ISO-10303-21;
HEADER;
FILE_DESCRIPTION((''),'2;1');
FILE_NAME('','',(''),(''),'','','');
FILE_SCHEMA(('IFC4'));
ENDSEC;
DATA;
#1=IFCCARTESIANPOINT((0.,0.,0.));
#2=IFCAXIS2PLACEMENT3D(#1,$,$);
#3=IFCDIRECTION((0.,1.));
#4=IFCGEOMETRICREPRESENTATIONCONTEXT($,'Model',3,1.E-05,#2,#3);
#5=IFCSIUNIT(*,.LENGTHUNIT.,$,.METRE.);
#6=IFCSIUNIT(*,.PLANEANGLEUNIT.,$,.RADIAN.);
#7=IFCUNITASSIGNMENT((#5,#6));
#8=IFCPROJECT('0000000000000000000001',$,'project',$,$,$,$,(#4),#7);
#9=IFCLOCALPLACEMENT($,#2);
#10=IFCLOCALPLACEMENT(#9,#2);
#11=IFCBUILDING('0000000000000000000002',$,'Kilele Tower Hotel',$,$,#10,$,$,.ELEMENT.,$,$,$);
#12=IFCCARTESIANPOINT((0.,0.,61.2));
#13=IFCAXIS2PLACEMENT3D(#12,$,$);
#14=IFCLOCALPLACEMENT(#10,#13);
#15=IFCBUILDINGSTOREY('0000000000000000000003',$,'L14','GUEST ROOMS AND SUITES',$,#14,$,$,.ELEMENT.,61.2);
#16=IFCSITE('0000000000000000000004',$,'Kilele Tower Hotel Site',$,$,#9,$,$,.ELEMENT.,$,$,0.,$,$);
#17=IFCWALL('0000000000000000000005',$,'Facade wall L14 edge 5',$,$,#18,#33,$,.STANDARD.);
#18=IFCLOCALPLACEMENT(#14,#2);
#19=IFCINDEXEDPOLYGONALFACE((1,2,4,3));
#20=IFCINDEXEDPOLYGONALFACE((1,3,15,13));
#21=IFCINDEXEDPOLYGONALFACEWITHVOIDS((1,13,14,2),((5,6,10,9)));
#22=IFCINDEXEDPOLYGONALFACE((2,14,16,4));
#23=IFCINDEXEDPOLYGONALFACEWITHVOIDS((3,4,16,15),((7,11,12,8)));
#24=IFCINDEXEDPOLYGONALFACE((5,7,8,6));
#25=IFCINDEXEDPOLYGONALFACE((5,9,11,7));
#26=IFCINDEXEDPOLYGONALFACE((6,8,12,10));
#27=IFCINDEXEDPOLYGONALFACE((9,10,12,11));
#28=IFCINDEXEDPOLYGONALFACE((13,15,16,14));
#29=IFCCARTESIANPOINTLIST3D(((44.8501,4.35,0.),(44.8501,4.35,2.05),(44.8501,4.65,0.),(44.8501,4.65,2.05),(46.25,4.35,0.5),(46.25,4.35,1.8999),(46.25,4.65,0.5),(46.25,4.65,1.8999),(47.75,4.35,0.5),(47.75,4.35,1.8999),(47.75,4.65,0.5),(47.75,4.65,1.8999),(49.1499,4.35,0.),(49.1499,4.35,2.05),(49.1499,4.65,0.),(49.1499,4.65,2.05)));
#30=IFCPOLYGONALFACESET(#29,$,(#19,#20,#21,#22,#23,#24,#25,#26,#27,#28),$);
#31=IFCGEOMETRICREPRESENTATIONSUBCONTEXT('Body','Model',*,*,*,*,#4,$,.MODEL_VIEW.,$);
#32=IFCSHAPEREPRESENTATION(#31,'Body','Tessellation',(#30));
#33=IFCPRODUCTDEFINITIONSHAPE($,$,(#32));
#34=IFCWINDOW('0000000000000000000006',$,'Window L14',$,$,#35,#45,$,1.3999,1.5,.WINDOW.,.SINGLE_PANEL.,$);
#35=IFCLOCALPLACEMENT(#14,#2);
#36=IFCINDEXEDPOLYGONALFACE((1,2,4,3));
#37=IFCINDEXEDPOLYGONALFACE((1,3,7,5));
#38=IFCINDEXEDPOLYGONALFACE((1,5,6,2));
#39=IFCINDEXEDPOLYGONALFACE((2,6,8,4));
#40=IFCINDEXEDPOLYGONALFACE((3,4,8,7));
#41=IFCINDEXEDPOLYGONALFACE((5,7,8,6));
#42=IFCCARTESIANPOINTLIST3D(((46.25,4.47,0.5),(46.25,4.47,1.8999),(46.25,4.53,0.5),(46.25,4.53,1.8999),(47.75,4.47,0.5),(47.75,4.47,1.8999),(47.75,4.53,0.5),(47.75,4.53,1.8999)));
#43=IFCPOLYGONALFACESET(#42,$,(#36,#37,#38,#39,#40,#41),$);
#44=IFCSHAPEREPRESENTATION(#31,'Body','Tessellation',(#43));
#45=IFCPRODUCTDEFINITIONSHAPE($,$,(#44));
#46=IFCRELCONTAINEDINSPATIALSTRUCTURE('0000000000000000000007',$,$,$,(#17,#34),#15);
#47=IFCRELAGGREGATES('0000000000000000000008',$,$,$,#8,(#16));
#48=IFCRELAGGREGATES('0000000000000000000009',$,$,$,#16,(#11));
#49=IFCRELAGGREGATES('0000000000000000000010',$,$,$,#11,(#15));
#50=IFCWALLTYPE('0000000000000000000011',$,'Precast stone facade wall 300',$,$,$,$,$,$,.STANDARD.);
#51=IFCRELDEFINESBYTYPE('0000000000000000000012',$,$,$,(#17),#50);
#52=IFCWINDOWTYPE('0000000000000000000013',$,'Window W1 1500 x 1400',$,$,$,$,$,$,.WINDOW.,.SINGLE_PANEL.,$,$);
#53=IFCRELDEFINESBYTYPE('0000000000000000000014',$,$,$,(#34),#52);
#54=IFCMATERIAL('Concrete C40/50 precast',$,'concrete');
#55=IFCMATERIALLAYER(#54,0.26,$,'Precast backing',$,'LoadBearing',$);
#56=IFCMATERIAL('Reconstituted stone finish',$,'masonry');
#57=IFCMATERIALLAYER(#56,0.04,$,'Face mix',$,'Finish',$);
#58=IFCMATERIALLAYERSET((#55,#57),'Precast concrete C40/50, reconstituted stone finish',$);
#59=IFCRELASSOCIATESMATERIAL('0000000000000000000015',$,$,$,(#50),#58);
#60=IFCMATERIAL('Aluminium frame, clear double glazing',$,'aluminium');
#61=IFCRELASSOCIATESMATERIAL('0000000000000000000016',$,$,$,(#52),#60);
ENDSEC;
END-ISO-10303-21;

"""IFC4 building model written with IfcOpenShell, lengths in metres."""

from ifc_helpers import new_model, si_unit, direction, frame, frame_2d, origin, place, context, subcontext, project, spatial, rectangle, extrude, material, layer, layer_set, type_object, element, fill, save


model = new_model("IFC4")

# Units and contexts
model_context = context("Model", 3, precision=1e-05, world=origin(), true_north=direction((0.0, 1.0)))
body_context = subcontext(model_context, "Body", "Model", "MODEL_VIEW")
ifc_project = project(units=[si_unit("LENGTHUNIT", "METRE"), si_unit("PLANEANGLEUNIT", "RADIAN")], contexts=[model_context])

# Site, building, storey
site_placement = place(None, origin())
site = spatial("IfcSite", under=ifc_project, at=site_placement, Name="Kilele Tower Hotel Site", CompositionType="ELEMENT", RefElevation=0.0)
building_placement = place(site_placement, origin())
building = spatial("IfcBuilding", under=site, at=building_placement, Name="Kilele Tower Hotel", CompositionType="ELEMENT")
storey_placement = place(building_placement, frame((0.0, 0.0, 61.2)))
storey = spatial("IfcBuildingStorey", under=building, at=storey_placement, Name="L14", Description="GUEST ROOMS AND SUITES", CompositionType="ELEMENT", Elevation=61.2)

# Wall, opening, window
ifc_material_1 = material(Name="Concrete C40/50 precast", Category="concrete")
ifc_layer_1 = layer(ifc_material_1, 0.26, Name="Precast backing", Category="LoadBearing")
ifc_material_2 = material(Name="Reconstituted stone finish", Category="masonry")
ifc_layer_2 = layer(ifc_material_2, 0.04, Name="Face mix", Category="Finish")
ifc_layer_set_1 = layer_set([ifc_layer_1, ifc_layer_2], Name="Precast concrete C40/50, reconstituted stone finish")
wall_type_1 = type_object("IfcWallType", Name="Precast stone facade wall 300", PredefinedType="STANDARD", material=ifc_layer_set_1)
ifc_material_3 = material(Name="Aluminium frame, clear double glazing", Category="aluminium")
window_type = type_object("IfcWindowType", Name="Window W1 1500 x 1400", PartitioningType="SINGLE_PANEL", PredefinedType="WINDOW", material=ifc_material_3)
wall_1_placement = place(storey_placement, frame((44.8501, 4.5, 0.0), z_axis=(0.0, 0.0, 1.0), x_axis=(1.0, 0.0, 0.0)))
wall_1 = element("IfcWall", 1, at=wall_1_placement, inside=storey, type_object=wall_type_1, Name="Facade wall L14 edge 5", PredefinedType="STANDARD", context=body_context, shape_type="SweptSolid", body=[
    extrude(rectangle(XDim=4.2998, YDim=0.3, at=frame_2d((2.1499, 0.0))), origin(), (0.0, 0.0, 1.0), 2.05),
])
opening_1_placement = place(wall_1_placement, frame((1.3999, 0.0, 0.5)))
opening_1 = element("IfcOpeningElement", 2, at=opening_1_placement, cuts=wall_1, PredefinedType="OPENING", context=body_context, shape_type="SweptSolid", body=[
    extrude(rectangle(XDim=1.5, YDim=1.3999, at=frame_2d((0.75, 0.7))), frame((0.0, 0.1599, 0.0), z_axis=(0.0, -1.0, 0.0), x_axis=(1.0, 0.0, 0.0)), (0.0, 0.0, 1.0), 0.3201),
])
window_1_placement = place(opening_1_placement, origin())
window_1 = element("IfcWindow", 3, at=window_1_placement, inside=storey, type_object=window_type, Name="Window L14", OverallHeight=1.3999, OverallWidth=1.5, PartitioningType="SINGLE_PANEL", PredefinedType="WINDOW", context=body_context, shape_type="SweptSolid", body=[
    extrude(rectangle(XDim=1.5, YDim=1.3999, at=frame_2d((0.75, 0.7))), frame((0.0, 0.03, 0.0), z_axis=(0.0, -1.0, 0.0), x_axis=(1.0, 0.0, 0.0)), (0.0, 0.0, 1.0), 0.0601),
])
fill(opening_1, window_1)

save(model, "model.ifc")
